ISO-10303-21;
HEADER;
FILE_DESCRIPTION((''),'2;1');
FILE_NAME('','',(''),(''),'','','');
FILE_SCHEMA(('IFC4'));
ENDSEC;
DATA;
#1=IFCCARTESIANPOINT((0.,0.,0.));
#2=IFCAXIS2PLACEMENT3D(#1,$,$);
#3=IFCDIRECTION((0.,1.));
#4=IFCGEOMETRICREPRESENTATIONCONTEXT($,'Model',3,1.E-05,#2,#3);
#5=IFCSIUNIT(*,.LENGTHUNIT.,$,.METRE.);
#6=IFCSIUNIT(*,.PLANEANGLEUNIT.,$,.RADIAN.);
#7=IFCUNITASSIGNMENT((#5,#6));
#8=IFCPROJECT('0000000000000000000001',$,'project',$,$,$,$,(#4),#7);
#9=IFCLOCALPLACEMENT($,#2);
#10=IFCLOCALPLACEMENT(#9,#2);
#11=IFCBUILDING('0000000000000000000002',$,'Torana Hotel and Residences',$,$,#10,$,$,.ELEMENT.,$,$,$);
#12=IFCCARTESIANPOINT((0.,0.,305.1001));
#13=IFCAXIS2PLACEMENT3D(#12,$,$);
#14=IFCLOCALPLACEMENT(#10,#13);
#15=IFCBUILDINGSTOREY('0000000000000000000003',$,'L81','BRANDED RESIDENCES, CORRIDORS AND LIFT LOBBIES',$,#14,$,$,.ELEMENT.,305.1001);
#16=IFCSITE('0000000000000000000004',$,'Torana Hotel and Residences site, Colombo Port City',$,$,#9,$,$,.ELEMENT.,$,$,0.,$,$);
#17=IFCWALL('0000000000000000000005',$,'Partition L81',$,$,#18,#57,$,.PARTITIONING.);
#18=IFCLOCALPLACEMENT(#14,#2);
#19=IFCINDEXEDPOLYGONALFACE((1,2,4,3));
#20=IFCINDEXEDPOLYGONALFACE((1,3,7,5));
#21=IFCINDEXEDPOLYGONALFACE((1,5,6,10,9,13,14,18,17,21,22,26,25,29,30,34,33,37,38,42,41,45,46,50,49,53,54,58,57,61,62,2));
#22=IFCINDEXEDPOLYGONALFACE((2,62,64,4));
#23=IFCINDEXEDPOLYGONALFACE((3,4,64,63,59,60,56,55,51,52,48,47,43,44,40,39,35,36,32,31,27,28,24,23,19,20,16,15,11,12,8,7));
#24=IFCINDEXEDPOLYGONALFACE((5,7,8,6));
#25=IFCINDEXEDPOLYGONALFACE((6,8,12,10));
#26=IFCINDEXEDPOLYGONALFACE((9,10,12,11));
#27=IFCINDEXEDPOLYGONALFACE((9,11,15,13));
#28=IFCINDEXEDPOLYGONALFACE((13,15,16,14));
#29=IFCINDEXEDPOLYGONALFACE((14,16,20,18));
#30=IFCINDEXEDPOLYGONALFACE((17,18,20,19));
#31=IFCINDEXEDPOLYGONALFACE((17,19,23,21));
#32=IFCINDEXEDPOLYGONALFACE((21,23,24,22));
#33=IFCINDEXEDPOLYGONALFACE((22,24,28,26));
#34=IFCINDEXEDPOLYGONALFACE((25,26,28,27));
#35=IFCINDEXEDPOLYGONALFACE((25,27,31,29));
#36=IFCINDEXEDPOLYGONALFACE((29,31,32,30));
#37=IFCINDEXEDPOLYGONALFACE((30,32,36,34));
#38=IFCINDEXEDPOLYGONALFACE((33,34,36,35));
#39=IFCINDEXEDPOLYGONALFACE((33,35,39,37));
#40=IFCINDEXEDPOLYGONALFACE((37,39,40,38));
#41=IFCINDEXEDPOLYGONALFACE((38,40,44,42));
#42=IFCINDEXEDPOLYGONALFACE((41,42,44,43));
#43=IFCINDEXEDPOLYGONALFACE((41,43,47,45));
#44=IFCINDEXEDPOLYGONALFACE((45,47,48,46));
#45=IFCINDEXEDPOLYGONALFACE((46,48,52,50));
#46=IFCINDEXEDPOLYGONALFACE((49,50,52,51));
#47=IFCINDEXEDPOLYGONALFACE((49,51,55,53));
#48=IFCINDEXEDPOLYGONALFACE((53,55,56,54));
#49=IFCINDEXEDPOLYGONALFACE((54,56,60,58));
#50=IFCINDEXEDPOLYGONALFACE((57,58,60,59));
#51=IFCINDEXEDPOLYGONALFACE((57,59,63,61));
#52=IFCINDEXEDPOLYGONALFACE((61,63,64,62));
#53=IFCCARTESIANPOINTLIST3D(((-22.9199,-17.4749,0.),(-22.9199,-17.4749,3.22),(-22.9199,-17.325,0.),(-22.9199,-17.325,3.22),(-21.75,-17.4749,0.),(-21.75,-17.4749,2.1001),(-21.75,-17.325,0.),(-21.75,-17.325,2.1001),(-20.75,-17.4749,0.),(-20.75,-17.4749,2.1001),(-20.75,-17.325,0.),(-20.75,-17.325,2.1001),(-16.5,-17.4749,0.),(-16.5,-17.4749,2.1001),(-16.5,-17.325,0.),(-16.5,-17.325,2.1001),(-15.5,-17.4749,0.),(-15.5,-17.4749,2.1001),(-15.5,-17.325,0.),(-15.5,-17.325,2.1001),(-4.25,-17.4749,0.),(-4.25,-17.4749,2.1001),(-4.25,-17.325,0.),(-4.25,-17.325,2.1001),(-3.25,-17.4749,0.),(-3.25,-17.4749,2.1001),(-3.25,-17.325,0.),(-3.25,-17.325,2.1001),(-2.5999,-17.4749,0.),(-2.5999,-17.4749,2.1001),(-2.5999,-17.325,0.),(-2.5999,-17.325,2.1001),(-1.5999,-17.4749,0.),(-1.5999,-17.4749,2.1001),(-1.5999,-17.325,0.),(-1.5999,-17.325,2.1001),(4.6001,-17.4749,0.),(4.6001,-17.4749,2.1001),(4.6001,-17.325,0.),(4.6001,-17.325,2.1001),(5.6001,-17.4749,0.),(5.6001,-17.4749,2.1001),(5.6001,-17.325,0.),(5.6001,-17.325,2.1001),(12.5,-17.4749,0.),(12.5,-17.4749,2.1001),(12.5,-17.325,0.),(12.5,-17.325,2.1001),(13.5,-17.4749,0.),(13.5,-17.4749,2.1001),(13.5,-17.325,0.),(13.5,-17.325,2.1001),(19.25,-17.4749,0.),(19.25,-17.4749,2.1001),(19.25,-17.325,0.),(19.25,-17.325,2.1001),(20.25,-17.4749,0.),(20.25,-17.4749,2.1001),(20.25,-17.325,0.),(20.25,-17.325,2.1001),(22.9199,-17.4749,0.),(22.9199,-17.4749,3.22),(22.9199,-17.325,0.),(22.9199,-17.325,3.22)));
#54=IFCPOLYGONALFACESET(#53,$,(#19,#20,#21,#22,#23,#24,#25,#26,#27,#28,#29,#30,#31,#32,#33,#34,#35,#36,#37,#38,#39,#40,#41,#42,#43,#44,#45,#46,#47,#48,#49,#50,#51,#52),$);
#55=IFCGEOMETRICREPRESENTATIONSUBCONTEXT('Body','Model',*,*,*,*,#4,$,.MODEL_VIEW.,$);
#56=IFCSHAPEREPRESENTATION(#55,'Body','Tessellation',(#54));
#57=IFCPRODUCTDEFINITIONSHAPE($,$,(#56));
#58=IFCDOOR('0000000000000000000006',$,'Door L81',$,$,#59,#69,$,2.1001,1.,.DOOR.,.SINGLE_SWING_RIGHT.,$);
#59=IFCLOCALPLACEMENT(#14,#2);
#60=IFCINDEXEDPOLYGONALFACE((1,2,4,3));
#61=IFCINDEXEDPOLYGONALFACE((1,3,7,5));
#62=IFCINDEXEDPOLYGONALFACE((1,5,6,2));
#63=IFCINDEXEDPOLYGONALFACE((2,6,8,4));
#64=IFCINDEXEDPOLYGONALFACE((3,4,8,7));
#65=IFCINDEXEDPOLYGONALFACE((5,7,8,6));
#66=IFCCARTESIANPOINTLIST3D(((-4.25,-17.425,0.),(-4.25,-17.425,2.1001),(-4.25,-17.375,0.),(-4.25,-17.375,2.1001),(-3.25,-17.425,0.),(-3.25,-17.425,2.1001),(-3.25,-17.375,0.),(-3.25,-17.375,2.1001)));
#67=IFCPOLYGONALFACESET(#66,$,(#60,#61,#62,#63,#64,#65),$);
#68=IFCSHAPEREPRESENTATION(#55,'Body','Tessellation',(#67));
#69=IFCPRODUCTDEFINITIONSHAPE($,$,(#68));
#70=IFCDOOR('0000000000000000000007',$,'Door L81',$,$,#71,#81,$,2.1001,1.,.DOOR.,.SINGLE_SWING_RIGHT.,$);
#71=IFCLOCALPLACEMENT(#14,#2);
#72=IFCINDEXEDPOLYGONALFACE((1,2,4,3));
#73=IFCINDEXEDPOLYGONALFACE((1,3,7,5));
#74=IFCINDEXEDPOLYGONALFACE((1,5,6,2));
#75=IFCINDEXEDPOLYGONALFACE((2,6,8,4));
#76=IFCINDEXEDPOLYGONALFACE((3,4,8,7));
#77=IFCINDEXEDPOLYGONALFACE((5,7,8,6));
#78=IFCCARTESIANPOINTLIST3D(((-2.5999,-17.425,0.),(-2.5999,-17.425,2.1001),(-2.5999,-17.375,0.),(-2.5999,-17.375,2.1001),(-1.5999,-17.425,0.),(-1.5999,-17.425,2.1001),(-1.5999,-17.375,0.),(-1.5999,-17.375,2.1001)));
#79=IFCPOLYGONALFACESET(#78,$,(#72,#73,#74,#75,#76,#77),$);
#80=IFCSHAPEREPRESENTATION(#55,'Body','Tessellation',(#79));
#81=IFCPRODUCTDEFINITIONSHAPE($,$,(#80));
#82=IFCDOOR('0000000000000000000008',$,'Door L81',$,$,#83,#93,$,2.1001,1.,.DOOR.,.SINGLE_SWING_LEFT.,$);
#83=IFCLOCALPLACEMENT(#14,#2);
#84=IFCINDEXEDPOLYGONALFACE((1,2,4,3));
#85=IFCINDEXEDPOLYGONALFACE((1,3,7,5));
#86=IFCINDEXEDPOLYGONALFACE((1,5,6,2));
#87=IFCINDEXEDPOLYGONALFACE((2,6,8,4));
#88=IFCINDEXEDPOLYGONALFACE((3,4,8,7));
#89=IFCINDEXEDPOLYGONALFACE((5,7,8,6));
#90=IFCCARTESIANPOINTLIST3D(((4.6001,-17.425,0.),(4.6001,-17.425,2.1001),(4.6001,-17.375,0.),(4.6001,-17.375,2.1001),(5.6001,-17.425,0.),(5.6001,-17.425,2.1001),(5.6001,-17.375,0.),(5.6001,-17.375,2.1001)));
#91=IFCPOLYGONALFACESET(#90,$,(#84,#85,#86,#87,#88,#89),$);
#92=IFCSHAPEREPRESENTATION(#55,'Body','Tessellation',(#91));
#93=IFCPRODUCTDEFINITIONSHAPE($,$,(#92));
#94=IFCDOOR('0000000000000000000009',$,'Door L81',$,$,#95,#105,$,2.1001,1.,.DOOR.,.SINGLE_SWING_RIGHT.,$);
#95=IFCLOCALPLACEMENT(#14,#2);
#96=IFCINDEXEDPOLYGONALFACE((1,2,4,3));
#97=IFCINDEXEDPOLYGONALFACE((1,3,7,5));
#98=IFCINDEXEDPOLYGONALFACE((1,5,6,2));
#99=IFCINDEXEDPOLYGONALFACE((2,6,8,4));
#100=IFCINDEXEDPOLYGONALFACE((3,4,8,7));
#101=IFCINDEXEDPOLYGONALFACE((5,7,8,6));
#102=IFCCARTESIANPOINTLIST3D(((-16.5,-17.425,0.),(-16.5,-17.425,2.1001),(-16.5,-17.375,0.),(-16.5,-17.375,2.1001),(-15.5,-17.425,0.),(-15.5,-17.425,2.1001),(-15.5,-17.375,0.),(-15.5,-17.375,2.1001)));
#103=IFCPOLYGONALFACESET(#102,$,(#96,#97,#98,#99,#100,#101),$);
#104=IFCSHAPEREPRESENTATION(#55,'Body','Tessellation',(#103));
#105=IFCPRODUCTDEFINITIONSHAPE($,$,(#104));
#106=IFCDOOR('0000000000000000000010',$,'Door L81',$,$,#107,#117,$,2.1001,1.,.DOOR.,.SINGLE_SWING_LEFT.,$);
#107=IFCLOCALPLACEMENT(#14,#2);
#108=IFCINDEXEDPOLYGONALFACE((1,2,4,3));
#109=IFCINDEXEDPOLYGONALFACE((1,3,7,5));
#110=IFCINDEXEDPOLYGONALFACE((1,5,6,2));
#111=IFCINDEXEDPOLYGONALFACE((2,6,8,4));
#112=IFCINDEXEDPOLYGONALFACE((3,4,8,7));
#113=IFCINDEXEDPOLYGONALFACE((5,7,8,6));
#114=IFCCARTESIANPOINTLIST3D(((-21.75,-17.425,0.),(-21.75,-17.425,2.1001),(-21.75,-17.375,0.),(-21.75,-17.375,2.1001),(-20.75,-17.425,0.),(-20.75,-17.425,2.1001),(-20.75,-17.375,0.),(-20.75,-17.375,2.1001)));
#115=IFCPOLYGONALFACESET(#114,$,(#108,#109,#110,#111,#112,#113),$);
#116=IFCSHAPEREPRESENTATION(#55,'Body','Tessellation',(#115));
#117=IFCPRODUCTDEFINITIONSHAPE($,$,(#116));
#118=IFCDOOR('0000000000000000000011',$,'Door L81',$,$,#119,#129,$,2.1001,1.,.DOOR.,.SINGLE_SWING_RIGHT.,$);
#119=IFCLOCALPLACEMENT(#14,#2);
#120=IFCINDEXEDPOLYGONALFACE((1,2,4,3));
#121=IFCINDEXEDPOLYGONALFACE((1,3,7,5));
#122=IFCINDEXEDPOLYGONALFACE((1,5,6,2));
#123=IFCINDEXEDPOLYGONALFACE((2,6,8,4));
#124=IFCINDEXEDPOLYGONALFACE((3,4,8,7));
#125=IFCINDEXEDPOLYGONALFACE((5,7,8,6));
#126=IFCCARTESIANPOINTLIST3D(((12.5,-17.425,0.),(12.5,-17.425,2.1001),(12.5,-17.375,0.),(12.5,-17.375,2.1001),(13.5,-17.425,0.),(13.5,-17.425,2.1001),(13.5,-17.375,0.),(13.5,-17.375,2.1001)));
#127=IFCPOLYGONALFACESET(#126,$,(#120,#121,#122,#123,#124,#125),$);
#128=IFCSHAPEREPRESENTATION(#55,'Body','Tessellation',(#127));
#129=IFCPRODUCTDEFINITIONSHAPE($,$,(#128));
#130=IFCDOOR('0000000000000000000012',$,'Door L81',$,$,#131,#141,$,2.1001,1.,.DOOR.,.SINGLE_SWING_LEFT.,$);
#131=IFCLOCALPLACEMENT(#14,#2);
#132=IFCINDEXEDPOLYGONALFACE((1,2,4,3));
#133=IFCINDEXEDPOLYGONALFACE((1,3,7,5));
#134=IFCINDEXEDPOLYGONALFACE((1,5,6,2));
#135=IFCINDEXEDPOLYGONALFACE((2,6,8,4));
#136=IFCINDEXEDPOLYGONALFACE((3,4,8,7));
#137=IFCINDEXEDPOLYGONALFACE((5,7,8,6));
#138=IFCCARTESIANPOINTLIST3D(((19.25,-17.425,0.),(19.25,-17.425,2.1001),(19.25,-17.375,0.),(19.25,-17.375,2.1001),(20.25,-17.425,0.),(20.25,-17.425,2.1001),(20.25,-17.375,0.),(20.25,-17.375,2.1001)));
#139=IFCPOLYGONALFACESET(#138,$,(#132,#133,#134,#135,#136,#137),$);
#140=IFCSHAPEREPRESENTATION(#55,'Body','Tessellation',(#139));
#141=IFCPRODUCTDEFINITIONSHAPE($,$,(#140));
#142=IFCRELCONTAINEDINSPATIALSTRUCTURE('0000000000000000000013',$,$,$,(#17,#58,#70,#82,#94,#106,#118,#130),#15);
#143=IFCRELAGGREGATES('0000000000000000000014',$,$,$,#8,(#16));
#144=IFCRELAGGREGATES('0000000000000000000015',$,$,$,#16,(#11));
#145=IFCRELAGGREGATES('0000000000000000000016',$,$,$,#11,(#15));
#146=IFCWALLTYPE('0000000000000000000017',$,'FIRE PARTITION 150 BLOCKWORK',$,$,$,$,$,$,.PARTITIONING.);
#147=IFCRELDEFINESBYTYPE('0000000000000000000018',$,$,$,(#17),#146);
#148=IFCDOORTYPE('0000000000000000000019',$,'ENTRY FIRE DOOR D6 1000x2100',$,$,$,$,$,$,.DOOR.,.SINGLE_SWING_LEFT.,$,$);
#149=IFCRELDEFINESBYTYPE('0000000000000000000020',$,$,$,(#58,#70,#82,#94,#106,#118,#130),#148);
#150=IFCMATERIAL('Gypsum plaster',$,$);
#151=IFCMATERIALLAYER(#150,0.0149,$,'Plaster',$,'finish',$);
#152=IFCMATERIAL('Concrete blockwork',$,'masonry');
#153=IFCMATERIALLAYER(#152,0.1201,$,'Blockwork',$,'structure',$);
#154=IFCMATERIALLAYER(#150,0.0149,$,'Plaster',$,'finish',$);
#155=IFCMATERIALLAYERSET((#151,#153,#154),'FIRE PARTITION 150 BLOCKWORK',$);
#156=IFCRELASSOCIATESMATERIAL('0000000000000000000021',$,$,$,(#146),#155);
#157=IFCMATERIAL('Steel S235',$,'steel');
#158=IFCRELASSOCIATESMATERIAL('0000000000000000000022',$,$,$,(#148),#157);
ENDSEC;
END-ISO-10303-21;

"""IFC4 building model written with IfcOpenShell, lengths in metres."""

from ifc_helpers import new_model, si_unit, direction, frame, frame_2d, origin, place, context, subcontext, project, spatial, rectangle, extrude, material, layer, layer_set, type_object, element, fill, save


model = new_model("IFC4")

# Units and contexts
model_context = context("Model", 3, precision=1e-05, world=origin(), true_north=direction((0.0, 1.0)))
body_context = subcontext(model_context, "Body", "Model", "MODEL_VIEW")
ifc_project = project(units=[si_unit("LENGTHUNIT", "METRE"), si_unit("PLANEANGLEUNIT", "RADIAN")], contexts=[model_context])

# Site, building, storey
site_placement = place(None, origin())
site = spatial("IfcSite", under=ifc_project, at=site_placement, Name="Torana Hotel and Residences site, Colombo Port City", CompositionType="ELEMENT", RefElevation=0.0)
building_placement = place(site_placement, origin())
building = spatial("IfcBuilding", under=site, at=building_placement, Name="Torana Hotel and Residences", CompositionType="ELEMENT")
storey_placement = place(building_placement, frame((0.0, 0.0, 305.1001)))
storey = spatial("IfcBuildingStorey", under=building, at=storey_placement, Name="L81", Description="BRANDED RESIDENCES, CORRIDORS AND LIFT LOBBIES", CompositionType="ELEMENT", Elevation=305.1001)

# Shared definitions
ifc_material_1 = material(Name="Gypsum plaster")
ifc_layer_1 = layer(ifc_material_1, 0.0149, Name="Plaster", Category="finish")
ifc_material_2 = material(Name="Concrete blockwork", Category="masonry")
ifc_layer_2 = layer(ifc_material_2, 0.1201, Name="Blockwork", Category="structure")
ifc_layer_3 = layer(ifc_material_1, 0.0149, Name="Plaster", Category="finish")
ifc_layer_set_1 = layer_set([ifc_layer_1, ifc_layer_2, ifc_layer_3], Name="FIRE PARTITION 150 BLOCKWORK")
wall_type_1 = type_object("IfcWallType", Name="FIRE PARTITION 150 BLOCKWORK", PredefinedType="PARTITIONING", material=ifc_layer_set_1)
ifc_material_3 = material(Name="Steel S235", Category="steel")
door_type_1 = type_object("IfcDoorType", Name="ENTRY FIRE DOOR D6 1000x2100", OperationType="SINGLE_SWING_LEFT", PredefinedType="DOOR", material=ifc_material_3)

# Wall, openings, doors
wall_1_placement = place(storey_placement, frame((-22.9199, -17.3999, 0.0), z_axis=(0.0, 0.0, 1.0), x_axis=(1.0, 0.0, 0.0)))
wall_1 = element("IfcWall", 1, at=wall_1_placement, inside=storey, type_object=wall_type_1, Name="Partition L81", PredefinedType="PARTITIONING", context=body_context, shape_type="SweptSolid", body=[
    extrude(rectangle(XDim=45.8398, YDim=0.1499, at=frame_2d((22.9199, 0.0))), origin(), (0.0, 0.0, 1.0), 3.22),
])
opening_1_placement = place(wall_1_placement, frame((18.6699, 0.0, 0.0)))
opening_1 = element("IfcOpeningElement", 2, at=opening_1_placement, cuts=wall_1, PredefinedType="OPENING", context=body_context, shape_type="SweptSolid", body=[
    extrude(rectangle(XDim=1.0, YDim=2.1001, at=frame_2d((0.5, 1.05))), frame((0.0, 0.085, 0.0), z_axis=(0.0, -1.0, 0.0), x_axis=(1.0, 0.0, 0.0)), (0.0, 0.0, 1.0), 0.1699),
])
opening_2_placement = place(wall_1_placement, frame((20.3201, 0.0, 0.0)))
opening_2 = element("IfcOpeningElement", 3, at=opening_2_placement, cuts=wall_1, PredefinedType="OPENING", context=body_context, shape_type="SweptSolid", body=[
    extrude(rectangle(XDim=1.0, YDim=2.1001, at=frame_2d((0.5, 1.05))), frame((0.0, 0.085, 0.0), z_axis=(0.0, -1.0, 0.0), x_axis=(1.0, 0.0, 0.0)), (0.0, 0.0, 1.0), 0.1699),
])
opening_3_placement = place(wall_1_placement, frame((27.52, 0.0, 0.0)))
opening_3 = element("IfcOpeningElement", 4, at=opening_3_placement, cuts=wall_1, PredefinedType="OPENING", context=body_context, shape_type="SweptSolid", body=[
    extrude(rectangle(XDim=1.0, YDim=2.1001, at=frame_2d((0.5, 1.05))), frame((0.0, 0.085, 0.0), z_axis=(0.0, -1.0, 0.0), x_axis=(1.0, 0.0, 0.0)), (0.0, 0.0, 1.0), 0.1699),
])
opening_4_placement = place(wall_1_placement, frame((6.4199, 0.0, 0.0)))
opening_4 = element("IfcOpeningElement", 5, at=opening_4_placement, cuts=wall_1, PredefinedType="OPENING", context=body_context, shape_type="SweptSolid", body=[
    extrude(rectangle(XDim=1.0, YDim=2.1001, at=frame_2d((0.5, 1.05))), frame((0.0, 0.085, 0.0), z_axis=(0.0, -1.0, 0.0), x_axis=(1.0, 0.0, 0.0)), (0.0, 0.0, 1.0), 0.1699),
])
opening_5_placement = place(wall_1_placement, frame((1.1699, 0.0, 0.0)))
opening_5 = element("IfcOpeningElement", 6, at=opening_5_placement, cuts=wall_1, PredefinedType="OPENING", context=body_context, shape_type="SweptSolid", body=[
    extrude(rectangle(XDim=1.0, YDim=2.1001, at=frame_2d((0.5, 1.05))), frame((0.0, 0.085, 0.0), z_axis=(0.0, -1.0, 0.0), x_axis=(1.0, 0.0, 0.0)), (0.0, 0.0, 1.0), 0.1699),
])
opening_6_placement = place(wall_1_placement, frame((35.4199, 0.0, 0.0)))
opening_6 = element("IfcOpeningElement", 7, at=opening_6_placement, cuts=wall_1, PredefinedType="OPENING", context=body_context, shape_type="SweptSolid", body=[
    extrude(rectangle(XDim=1.0, YDim=2.1001, at=frame_2d((0.5, 1.05))), frame((0.0, 0.085, 0.0), z_axis=(0.0, -1.0, 0.0), x_axis=(1.0, 0.0, 0.0)), (0.0, 0.0, 1.0), 0.1699),
])
opening_7_placement = place(wall_1_placement, frame((42.1699, 0.0, 0.0)))
opening_7 = element("IfcOpeningElement", 8, at=opening_7_placement, cuts=wall_1, PredefinedType="OPENING", context=body_context, shape_type="SweptSolid", body=[
    extrude(rectangle(XDim=1.0, YDim=2.1001, at=frame_2d((0.5, 1.05))), frame((0.0, 0.085, 0.0), z_axis=(0.0, -1.0, 0.0), x_axis=(1.0, 0.0, 0.0)), (0.0, 0.0, 1.0), 0.1699),
])
door_1_placement = place(opening_1_placement, origin())
door_1 = element("IfcDoor", 9, at=door_1_placement, inside=storey, type_object=door_type_1, Name="Door L81", OperationType="SINGLE_SWING_RIGHT", OverallHeight=2.1001, OverallWidth=1.0, PredefinedType="DOOR", context=body_context, shape_type="SweptSolid", body=[
    extrude(rectangle(XDim=1.0, YDim=2.1001, at=frame_2d((0.5, 1.05))), frame((0.0, 0.0249, 0.0), z_axis=(0.0, -1.0, 0.0), x_axis=(1.0, 0.0, 0.0)), (0.0, 0.0, 1.0), 0.05),
])
fill(opening_1, door_1)
door_2_placement = place(opening_2_placement, origin())
door_2 = element("IfcDoor", 10, at=door_2_placement, inside=storey, type_object=door_type_1, Name="Door L81", OperationType="SINGLE_SWING_RIGHT", OverallHeight=2.1001, OverallWidth=1.0, PredefinedType="DOOR", context=body_context, shape_type="SweptSolid", body=[
    extrude(rectangle(XDim=1.0, YDim=2.1001, at=frame_2d((0.5, 1.05))), frame((0.0, 0.0249, 0.0), z_axis=(0.0, -1.0, 0.0), x_axis=(1.0, 0.0, 0.0)), (0.0, 0.0, 1.0), 0.05),
])
fill(opening_2, door_2)
door_3_placement = place(opening_3_placement, frame((0.5, 0.0, 0.0), z_axis=(0.0, 0.0, 1.0), x_axis=(-1.0, 0.0, 0.0)))
door_3 = element("IfcDoor", 11, at=door_3_placement, inside=storey, type_object=door_type_1, Name="Door L81", OperationType="SINGLE_SWING_LEFT", OverallHeight=2.1001, OverallWidth=1.0, PredefinedType="DOOR", context=body_context, shape_type="SweptSolid", body=[
    extrude(rectangle(XDim=1.0, YDim=2.1001, at=frame_2d((0.0, 1.05))), frame((0.0, -0.0249, 0.0), z_axis=(0.0, 1.0, 0.0), x_axis=(-1.0, 0.0, 0.0)), (0.0, 0.0, 1.0), 0.05),
])
fill(opening_3, door_3)
door_4_placement = place(opening_4_placement, origin())
door_4 = element("IfcDoor", 12, at=door_4_placement, inside=storey, type_object=door_type_1, Name="Door L81", OperationType="SINGLE_SWING_RIGHT", OverallHeight=2.1001, OverallWidth=1.0, PredefinedType="DOOR", context=body_context, shape_type="SweptSolid", body=[
    extrude(rectangle(XDim=1.0, YDim=2.1001, at=frame_2d((0.5, 1.05))), frame((0.0, 0.0249, 0.0), z_axis=(0.0, -1.0, 0.0), x_axis=(1.0, 0.0, 0.0)), (0.0, 0.0, 1.0), 0.05),
])
fill(opening_4, door_4)
door_5_placement = place(opening_5_placement, frame((0.5, 0.0, 0.0), z_axis=(0.0, 0.0, 1.0), x_axis=(-1.0, 0.0, 0.0)))
door_5 = element("IfcDoor", 13, at=door_5_placement, inside=storey, type_object=door_type_1, Name="Door L81", OperationType="SINGLE_SWING_LEFT", OverallHeight=2.1001, OverallWidth=1.0, PredefinedType="DOOR", context=body_context, shape_type="SweptSolid", body=[
    extrude(rectangle(XDim=1.0, YDim=2.1001, at=frame_2d((0.0, 1.05))), frame((0.0, -0.0249, 0.0), z_axis=(0.0, 1.0, 0.0), x_axis=(-1.0, 0.0, 0.0)), (0.0, 0.0, 1.0), 0.05),
])
fill(opening_5, door_5)
door_6_placement = place(opening_6_placement, origin())
door_6 = element("IfcDoor", 14, at=door_6_placement, inside=storey, type_object=door_type_1, Name="Door L81", OperationType="SINGLE_SWING_RIGHT", OverallHeight=2.1001, OverallWidth=1.0, PredefinedType="DOOR", context=body_context, shape_type="SweptSolid", body=[
    extrude(rectangle(XDim=1.0, YDim=2.1001, at=frame_2d((0.5, 1.05))), frame((0.0, 0.0249, 0.0), z_axis=(0.0, -1.0, 0.0), x_axis=(1.0, 0.0, 0.0)), (0.0, 0.0, 1.0), 0.05),
])
fill(opening_6, door_6)
door_7_placement = place(opening_7_placement, frame((0.5, 0.0, 0.0), z_axis=(0.0, 0.0, 1.0), x_axis=(-1.0, 0.0, 0.0)))
door_7 = element("IfcDoor", 15, at=door_7_placement, inside=storey, type_object=door_type_1, Name="Door L81", OperationType="SINGLE_SWING_LEFT", OverallHeight=2.1001, OverallWidth=1.0, PredefinedType="DOOR", context=body_context, shape_type="SweptSolid", body=[
    extrude(rectangle(XDim=1.0, YDim=2.1001, at=frame_2d((0.0, 1.05))), frame((0.0, -0.0249, 0.0), z_axis=(0.0, 1.0, 0.0), x_axis=(-1.0, 0.0, 0.0)), (0.0, 0.0, 1.0), 0.05),
])
fill(opening_7, door_7)

save(model, "model.ifc")
